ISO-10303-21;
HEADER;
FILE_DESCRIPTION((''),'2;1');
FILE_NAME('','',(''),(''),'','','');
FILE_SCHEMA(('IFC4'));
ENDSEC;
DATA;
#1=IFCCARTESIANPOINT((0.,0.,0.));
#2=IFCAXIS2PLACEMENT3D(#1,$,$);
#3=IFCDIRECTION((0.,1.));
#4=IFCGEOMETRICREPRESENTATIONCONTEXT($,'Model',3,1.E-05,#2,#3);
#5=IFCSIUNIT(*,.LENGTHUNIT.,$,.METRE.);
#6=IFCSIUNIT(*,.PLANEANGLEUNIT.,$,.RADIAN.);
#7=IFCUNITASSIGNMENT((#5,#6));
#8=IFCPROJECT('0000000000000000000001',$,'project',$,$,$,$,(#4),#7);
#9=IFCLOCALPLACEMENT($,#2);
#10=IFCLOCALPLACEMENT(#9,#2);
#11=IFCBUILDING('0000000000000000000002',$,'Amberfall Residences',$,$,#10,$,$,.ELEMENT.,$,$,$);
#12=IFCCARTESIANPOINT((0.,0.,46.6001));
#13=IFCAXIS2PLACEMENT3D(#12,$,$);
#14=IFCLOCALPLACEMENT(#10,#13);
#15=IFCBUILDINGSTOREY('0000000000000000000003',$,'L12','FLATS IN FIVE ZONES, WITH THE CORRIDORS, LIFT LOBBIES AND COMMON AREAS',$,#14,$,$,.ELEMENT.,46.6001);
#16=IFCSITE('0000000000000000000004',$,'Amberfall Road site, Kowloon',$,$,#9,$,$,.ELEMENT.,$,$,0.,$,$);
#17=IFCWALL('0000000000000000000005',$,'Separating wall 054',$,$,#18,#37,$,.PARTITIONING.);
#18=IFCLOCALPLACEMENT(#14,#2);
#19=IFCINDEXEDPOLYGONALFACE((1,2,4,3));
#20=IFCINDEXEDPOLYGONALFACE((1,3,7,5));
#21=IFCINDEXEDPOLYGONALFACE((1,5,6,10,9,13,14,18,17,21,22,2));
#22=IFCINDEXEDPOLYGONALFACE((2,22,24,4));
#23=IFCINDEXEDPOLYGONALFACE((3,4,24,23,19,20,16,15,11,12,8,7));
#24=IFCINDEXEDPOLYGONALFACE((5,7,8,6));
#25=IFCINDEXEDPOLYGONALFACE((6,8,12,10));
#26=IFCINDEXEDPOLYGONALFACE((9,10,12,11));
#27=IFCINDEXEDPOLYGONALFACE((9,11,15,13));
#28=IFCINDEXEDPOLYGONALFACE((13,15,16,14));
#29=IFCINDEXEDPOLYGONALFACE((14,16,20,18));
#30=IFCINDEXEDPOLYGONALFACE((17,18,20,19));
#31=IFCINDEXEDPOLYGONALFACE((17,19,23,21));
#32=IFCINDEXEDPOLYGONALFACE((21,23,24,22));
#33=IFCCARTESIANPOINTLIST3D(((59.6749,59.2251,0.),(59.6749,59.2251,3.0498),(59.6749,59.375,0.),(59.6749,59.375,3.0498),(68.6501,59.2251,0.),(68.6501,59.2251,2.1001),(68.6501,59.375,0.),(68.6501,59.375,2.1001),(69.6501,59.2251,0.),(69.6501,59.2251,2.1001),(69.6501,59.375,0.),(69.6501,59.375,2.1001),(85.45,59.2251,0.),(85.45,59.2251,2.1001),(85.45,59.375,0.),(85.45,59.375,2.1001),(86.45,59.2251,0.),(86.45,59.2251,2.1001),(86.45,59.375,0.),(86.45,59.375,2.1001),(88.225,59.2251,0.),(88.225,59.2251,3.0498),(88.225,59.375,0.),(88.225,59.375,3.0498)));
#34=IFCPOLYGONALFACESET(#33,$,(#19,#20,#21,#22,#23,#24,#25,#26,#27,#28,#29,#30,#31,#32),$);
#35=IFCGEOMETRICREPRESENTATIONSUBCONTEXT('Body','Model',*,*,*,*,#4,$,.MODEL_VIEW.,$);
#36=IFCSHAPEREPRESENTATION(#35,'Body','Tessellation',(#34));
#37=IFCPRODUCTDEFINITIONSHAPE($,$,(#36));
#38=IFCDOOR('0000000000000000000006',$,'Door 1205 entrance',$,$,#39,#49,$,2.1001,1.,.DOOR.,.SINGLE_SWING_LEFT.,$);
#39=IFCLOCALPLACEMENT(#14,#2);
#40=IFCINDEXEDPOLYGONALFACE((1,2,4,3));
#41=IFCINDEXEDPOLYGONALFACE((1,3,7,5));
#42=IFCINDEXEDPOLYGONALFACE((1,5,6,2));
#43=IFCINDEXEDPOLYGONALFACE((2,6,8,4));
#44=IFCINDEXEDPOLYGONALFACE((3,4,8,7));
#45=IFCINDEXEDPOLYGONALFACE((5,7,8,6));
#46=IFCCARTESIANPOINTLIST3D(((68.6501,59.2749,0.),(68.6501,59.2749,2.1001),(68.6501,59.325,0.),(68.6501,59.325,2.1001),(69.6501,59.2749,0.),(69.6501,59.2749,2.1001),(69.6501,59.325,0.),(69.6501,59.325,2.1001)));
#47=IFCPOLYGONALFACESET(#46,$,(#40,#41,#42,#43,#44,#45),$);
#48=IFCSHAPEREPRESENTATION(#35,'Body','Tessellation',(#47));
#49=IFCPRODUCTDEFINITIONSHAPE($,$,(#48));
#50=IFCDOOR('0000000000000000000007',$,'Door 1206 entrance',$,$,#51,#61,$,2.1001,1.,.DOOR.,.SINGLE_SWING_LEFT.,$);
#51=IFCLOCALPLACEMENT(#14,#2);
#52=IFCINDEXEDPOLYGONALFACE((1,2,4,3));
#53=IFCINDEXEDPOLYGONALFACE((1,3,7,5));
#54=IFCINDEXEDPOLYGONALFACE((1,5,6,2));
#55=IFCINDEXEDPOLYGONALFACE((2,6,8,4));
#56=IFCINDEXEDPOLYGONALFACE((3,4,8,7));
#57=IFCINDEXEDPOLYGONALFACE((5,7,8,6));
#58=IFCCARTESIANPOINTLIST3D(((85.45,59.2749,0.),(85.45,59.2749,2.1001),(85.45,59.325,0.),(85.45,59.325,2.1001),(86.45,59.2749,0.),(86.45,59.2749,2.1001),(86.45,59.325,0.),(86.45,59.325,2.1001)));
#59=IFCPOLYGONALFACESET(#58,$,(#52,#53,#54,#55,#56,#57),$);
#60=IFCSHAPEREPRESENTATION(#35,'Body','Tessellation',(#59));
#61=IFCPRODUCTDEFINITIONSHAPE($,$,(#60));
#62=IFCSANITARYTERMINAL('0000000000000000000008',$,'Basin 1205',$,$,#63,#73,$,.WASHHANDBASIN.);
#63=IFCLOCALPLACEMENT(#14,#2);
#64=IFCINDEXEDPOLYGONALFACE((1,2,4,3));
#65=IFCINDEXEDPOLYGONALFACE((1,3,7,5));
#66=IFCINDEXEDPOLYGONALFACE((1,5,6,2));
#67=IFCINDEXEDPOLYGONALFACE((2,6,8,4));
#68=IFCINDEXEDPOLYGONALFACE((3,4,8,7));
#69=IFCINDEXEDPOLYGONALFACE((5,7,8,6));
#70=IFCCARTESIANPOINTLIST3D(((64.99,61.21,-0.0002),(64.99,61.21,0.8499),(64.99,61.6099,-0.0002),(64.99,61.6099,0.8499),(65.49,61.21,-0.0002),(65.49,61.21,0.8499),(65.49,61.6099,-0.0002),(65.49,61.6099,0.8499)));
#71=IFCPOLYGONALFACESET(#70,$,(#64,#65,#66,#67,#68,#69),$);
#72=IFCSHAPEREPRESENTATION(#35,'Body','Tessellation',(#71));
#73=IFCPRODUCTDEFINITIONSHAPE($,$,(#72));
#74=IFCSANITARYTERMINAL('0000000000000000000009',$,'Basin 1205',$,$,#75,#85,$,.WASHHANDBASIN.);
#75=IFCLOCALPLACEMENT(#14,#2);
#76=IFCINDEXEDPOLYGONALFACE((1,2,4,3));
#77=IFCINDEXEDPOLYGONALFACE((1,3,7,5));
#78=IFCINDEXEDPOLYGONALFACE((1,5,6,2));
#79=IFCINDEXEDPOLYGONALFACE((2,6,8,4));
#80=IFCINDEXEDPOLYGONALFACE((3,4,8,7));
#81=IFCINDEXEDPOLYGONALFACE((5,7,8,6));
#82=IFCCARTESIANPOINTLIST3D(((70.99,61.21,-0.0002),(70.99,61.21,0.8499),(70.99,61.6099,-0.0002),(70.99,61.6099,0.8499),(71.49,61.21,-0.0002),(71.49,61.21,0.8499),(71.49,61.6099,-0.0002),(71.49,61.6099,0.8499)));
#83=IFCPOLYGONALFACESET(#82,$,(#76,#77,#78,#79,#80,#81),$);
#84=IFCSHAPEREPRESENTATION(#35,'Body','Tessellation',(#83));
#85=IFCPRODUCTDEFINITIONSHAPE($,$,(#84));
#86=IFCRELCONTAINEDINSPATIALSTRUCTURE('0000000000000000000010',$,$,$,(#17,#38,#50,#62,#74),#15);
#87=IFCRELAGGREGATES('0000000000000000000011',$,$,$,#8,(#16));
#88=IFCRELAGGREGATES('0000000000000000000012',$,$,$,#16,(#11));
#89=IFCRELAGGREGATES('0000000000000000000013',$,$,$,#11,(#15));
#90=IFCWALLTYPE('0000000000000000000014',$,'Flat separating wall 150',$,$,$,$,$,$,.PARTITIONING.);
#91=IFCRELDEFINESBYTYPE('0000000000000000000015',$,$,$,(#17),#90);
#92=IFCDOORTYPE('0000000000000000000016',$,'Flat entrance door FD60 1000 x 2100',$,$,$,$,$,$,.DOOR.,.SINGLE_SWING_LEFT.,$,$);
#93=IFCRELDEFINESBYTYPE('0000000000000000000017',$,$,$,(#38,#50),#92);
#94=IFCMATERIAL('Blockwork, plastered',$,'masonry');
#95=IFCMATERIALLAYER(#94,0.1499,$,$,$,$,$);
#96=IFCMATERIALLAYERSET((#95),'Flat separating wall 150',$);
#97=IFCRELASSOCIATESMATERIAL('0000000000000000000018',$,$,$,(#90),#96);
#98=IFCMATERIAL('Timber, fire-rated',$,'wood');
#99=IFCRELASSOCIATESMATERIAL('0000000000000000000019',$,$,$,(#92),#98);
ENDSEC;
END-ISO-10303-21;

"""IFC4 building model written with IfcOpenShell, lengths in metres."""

from ifc_helpers import new_model, si_unit, direction, frame, frame_2d, origin, origin_2d, place, context, subcontext, project, spatial, rectangle, extrude, material, layer, layer_set, type_object, element, fill, save


model = new_model("IFC4")

# Units and contexts
model_context = context("Model", 3, precision=1e-05, world=origin(), true_north=direction((0.0, 1.0)))
body_context = subcontext(model_context, "Body", "Model", "MODEL_VIEW")
ifc_project = project(units=[si_unit("LENGTHUNIT", "METRE"), si_unit("PLANEANGLEUNIT", "RADIAN")], contexts=[model_context])

# Site, building, storey
site_placement = place(None, origin())
site = spatial("IfcSite", under=ifc_project, at=site_placement, Name="Amberfall Road site, Kowloon", CompositionType="ELEMENT", RefElevation=0.0)
building_placement = place(site_placement, origin())
building = spatial("IfcBuilding", under=site, at=building_placement, Name="Amberfall Residences", CompositionType="ELEMENT")
storey_placement = place(building_placement, frame((0.0, 0.0, 46.6001)))
storey = spatial("IfcBuildingStorey", under=building, at=storey_placement, Name="L12", Description="FLATS IN FIVE ZONES, WITH THE CORRIDORS, LIFT LOBBIES AND COMMON AREAS", CompositionType="ELEMENT", Elevation=46.6001)

# Shared definitions
ifc_material_1 = material(Name="Blockwork, plastered", Category="masonry")
ifc_layer_1 = layer(ifc_material_1, 0.1499)
ifc_layer_set_1 = layer_set([ifc_layer_1], Name="Flat separating wall 150")
wall_type_1 = type_object("IfcWallType", Name="Flat separating wall 150", PredefinedType="PARTITIONING", material=ifc_layer_set_1)

# Wall, openings, doors
wall_1_placement = place(storey_placement, frame((59.675, 59.3, 0.0), z_axis=(0.0, 0.0, 1.0), x_axis=(1.0, 0.0, 0.0)))
wall_1 = element("IfcWall", 1, at=wall_1_placement, inside=storey, type_object=wall_type_1, Name="Separating wall 054", PredefinedType="PARTITIONING", context=body_context, shape_type="SweptSolid", body=[
    extrude(rectangle(XDim=28.55, YDim=0.1499, at=frame_2d((14.2749, 0.0))), origin(), (0.0, 0.0, 1.0), 3.0498),
])
opening_1_placement = place(wall_1_placement, frame((8.9751, 0.0, 0.0)))
opening_1 = element("IfcOpeningElement", 2, at=opening_1_placement, cuts=wall_1, PredefinedType="OPENING", context=body_context, shape_type="SweptSolid", body=[
    extrude(rectangle(XDim=1.0, YDim=2.1001, at=frame_2d((0.5, 1.05))), frame((0.0, 0.085, 0.0), z_axis=(0.0, -1.0, 0.0), x_axis=(1.0, 0.0, 0.0)), (0.0, 0.0, 1.0), 0.1699),
])
opening_2_placement = place(wall_1_placement, frame((25.7749, 0.0, 0.0)))
opening_2 = element("IfcOpeningElement", 3, at=opening_2_placement, cuts=wall_1, PredefinedType="OPENING", context=body_context, shape_type="SweptSolid", body=[
    extrude(rectangle(XDim=1.0, YDim=2.1001, at=frame_2d((0.5, 1.05))), frame((0.0, 0.085, 0.0), z_axis=(0.0, -1.0, 0.0), x_axis=(1.0, 0.0, 0.0)), (0.0, 0.0, 1.0), 0.1699),
])
ifc_material_2 = material(Name="Timber, fire-rated", Category="wood")
door_type_1 = type_object("IfcDoorType", Name="Flat entrance door FD60 1000 x 2100", OperationType="SINGLE_SWING_LEFT", PredefinedType="DOOR", material=ifc_material_2)
door_1_placement = place(opening_1_placement, origin())
door_1 = element("IfcDoor", 4, at=door_1_placement, inside=storey, type_object=door_type_1, Name="Door 1205 entrance", OperationType="SINGLE_SWING_LEFT", OverallHeight=2.1001, OverallWidth=1.0, PredefinedType="DOOR", context=body_context, shape_type="SweptSolid", body=[
    extrude(rectangle(XDim=1.0, YDim=2.1001, at=frame_2d((0.5, 1.05))), frame((0.0, 0.0249, 0.0), z_axis=(0.0, -1.0, 0.0), x_axis=(1.0, 0.0, 0.0)), (0.0, 0.0, 1.0), 0.05),
])
fill(opening_1, door_1)
door_2_placement = place(opening_2_placement, origin())
door_2 = element("IfcDoor", 5, at=door_2_placement, inside=storey, type_object=door_type_1, Name="Door 1206 entrance", OperationType="SINGLE_SWING_LEFT", OverallHeight=2.1001, OverallWidth=1.0, PredefinedType="DOOR", context=body_context, shape_type="SweptSolid", body=[
    extrude(rectangle(XDim=1.0, YDim=2.1001, at=frame_2d((0.5, 1.05))), frame((0.0, 0.0249, 0.0), z_axis=(0.0, -1.0, 0.0), x_axis=(1.0, 0.0, 0.0)), (0.0, 0.0, 1.0), 0.05),
])
fill(opening_2, door_2)

# Sanitary terminals
for number, where, z_axis, x_axis, name in (
    (6, (65.24, 61.4099, -0.0002), (0.0, 0.0, 1.0), (1.0, 0.0, 0.0), "Basin 1205"),
    (7, (71.24, 61.4099, -0.0002), (0.0, 0.0, 1.0), (1.0, 0.0, 0.0), "Basin 1205"),
):
    element("IfcSanitaryTerminal", number, at=place(storey_placement, frame(where, z_axis=z_axis, x_axis=x_axis)), inside=storey, Name=name, PredefinedType="WASHHANDBASIN", context=body_context, shape_type="SweptSolid", body=[
        extrude(rectangle(XDim=0.5, YDim=0.3999, at=origin_2d()), origin(), (0.0, 0.0, 1.0), 0.8501),
    ])

save(model, "model.ifc")
